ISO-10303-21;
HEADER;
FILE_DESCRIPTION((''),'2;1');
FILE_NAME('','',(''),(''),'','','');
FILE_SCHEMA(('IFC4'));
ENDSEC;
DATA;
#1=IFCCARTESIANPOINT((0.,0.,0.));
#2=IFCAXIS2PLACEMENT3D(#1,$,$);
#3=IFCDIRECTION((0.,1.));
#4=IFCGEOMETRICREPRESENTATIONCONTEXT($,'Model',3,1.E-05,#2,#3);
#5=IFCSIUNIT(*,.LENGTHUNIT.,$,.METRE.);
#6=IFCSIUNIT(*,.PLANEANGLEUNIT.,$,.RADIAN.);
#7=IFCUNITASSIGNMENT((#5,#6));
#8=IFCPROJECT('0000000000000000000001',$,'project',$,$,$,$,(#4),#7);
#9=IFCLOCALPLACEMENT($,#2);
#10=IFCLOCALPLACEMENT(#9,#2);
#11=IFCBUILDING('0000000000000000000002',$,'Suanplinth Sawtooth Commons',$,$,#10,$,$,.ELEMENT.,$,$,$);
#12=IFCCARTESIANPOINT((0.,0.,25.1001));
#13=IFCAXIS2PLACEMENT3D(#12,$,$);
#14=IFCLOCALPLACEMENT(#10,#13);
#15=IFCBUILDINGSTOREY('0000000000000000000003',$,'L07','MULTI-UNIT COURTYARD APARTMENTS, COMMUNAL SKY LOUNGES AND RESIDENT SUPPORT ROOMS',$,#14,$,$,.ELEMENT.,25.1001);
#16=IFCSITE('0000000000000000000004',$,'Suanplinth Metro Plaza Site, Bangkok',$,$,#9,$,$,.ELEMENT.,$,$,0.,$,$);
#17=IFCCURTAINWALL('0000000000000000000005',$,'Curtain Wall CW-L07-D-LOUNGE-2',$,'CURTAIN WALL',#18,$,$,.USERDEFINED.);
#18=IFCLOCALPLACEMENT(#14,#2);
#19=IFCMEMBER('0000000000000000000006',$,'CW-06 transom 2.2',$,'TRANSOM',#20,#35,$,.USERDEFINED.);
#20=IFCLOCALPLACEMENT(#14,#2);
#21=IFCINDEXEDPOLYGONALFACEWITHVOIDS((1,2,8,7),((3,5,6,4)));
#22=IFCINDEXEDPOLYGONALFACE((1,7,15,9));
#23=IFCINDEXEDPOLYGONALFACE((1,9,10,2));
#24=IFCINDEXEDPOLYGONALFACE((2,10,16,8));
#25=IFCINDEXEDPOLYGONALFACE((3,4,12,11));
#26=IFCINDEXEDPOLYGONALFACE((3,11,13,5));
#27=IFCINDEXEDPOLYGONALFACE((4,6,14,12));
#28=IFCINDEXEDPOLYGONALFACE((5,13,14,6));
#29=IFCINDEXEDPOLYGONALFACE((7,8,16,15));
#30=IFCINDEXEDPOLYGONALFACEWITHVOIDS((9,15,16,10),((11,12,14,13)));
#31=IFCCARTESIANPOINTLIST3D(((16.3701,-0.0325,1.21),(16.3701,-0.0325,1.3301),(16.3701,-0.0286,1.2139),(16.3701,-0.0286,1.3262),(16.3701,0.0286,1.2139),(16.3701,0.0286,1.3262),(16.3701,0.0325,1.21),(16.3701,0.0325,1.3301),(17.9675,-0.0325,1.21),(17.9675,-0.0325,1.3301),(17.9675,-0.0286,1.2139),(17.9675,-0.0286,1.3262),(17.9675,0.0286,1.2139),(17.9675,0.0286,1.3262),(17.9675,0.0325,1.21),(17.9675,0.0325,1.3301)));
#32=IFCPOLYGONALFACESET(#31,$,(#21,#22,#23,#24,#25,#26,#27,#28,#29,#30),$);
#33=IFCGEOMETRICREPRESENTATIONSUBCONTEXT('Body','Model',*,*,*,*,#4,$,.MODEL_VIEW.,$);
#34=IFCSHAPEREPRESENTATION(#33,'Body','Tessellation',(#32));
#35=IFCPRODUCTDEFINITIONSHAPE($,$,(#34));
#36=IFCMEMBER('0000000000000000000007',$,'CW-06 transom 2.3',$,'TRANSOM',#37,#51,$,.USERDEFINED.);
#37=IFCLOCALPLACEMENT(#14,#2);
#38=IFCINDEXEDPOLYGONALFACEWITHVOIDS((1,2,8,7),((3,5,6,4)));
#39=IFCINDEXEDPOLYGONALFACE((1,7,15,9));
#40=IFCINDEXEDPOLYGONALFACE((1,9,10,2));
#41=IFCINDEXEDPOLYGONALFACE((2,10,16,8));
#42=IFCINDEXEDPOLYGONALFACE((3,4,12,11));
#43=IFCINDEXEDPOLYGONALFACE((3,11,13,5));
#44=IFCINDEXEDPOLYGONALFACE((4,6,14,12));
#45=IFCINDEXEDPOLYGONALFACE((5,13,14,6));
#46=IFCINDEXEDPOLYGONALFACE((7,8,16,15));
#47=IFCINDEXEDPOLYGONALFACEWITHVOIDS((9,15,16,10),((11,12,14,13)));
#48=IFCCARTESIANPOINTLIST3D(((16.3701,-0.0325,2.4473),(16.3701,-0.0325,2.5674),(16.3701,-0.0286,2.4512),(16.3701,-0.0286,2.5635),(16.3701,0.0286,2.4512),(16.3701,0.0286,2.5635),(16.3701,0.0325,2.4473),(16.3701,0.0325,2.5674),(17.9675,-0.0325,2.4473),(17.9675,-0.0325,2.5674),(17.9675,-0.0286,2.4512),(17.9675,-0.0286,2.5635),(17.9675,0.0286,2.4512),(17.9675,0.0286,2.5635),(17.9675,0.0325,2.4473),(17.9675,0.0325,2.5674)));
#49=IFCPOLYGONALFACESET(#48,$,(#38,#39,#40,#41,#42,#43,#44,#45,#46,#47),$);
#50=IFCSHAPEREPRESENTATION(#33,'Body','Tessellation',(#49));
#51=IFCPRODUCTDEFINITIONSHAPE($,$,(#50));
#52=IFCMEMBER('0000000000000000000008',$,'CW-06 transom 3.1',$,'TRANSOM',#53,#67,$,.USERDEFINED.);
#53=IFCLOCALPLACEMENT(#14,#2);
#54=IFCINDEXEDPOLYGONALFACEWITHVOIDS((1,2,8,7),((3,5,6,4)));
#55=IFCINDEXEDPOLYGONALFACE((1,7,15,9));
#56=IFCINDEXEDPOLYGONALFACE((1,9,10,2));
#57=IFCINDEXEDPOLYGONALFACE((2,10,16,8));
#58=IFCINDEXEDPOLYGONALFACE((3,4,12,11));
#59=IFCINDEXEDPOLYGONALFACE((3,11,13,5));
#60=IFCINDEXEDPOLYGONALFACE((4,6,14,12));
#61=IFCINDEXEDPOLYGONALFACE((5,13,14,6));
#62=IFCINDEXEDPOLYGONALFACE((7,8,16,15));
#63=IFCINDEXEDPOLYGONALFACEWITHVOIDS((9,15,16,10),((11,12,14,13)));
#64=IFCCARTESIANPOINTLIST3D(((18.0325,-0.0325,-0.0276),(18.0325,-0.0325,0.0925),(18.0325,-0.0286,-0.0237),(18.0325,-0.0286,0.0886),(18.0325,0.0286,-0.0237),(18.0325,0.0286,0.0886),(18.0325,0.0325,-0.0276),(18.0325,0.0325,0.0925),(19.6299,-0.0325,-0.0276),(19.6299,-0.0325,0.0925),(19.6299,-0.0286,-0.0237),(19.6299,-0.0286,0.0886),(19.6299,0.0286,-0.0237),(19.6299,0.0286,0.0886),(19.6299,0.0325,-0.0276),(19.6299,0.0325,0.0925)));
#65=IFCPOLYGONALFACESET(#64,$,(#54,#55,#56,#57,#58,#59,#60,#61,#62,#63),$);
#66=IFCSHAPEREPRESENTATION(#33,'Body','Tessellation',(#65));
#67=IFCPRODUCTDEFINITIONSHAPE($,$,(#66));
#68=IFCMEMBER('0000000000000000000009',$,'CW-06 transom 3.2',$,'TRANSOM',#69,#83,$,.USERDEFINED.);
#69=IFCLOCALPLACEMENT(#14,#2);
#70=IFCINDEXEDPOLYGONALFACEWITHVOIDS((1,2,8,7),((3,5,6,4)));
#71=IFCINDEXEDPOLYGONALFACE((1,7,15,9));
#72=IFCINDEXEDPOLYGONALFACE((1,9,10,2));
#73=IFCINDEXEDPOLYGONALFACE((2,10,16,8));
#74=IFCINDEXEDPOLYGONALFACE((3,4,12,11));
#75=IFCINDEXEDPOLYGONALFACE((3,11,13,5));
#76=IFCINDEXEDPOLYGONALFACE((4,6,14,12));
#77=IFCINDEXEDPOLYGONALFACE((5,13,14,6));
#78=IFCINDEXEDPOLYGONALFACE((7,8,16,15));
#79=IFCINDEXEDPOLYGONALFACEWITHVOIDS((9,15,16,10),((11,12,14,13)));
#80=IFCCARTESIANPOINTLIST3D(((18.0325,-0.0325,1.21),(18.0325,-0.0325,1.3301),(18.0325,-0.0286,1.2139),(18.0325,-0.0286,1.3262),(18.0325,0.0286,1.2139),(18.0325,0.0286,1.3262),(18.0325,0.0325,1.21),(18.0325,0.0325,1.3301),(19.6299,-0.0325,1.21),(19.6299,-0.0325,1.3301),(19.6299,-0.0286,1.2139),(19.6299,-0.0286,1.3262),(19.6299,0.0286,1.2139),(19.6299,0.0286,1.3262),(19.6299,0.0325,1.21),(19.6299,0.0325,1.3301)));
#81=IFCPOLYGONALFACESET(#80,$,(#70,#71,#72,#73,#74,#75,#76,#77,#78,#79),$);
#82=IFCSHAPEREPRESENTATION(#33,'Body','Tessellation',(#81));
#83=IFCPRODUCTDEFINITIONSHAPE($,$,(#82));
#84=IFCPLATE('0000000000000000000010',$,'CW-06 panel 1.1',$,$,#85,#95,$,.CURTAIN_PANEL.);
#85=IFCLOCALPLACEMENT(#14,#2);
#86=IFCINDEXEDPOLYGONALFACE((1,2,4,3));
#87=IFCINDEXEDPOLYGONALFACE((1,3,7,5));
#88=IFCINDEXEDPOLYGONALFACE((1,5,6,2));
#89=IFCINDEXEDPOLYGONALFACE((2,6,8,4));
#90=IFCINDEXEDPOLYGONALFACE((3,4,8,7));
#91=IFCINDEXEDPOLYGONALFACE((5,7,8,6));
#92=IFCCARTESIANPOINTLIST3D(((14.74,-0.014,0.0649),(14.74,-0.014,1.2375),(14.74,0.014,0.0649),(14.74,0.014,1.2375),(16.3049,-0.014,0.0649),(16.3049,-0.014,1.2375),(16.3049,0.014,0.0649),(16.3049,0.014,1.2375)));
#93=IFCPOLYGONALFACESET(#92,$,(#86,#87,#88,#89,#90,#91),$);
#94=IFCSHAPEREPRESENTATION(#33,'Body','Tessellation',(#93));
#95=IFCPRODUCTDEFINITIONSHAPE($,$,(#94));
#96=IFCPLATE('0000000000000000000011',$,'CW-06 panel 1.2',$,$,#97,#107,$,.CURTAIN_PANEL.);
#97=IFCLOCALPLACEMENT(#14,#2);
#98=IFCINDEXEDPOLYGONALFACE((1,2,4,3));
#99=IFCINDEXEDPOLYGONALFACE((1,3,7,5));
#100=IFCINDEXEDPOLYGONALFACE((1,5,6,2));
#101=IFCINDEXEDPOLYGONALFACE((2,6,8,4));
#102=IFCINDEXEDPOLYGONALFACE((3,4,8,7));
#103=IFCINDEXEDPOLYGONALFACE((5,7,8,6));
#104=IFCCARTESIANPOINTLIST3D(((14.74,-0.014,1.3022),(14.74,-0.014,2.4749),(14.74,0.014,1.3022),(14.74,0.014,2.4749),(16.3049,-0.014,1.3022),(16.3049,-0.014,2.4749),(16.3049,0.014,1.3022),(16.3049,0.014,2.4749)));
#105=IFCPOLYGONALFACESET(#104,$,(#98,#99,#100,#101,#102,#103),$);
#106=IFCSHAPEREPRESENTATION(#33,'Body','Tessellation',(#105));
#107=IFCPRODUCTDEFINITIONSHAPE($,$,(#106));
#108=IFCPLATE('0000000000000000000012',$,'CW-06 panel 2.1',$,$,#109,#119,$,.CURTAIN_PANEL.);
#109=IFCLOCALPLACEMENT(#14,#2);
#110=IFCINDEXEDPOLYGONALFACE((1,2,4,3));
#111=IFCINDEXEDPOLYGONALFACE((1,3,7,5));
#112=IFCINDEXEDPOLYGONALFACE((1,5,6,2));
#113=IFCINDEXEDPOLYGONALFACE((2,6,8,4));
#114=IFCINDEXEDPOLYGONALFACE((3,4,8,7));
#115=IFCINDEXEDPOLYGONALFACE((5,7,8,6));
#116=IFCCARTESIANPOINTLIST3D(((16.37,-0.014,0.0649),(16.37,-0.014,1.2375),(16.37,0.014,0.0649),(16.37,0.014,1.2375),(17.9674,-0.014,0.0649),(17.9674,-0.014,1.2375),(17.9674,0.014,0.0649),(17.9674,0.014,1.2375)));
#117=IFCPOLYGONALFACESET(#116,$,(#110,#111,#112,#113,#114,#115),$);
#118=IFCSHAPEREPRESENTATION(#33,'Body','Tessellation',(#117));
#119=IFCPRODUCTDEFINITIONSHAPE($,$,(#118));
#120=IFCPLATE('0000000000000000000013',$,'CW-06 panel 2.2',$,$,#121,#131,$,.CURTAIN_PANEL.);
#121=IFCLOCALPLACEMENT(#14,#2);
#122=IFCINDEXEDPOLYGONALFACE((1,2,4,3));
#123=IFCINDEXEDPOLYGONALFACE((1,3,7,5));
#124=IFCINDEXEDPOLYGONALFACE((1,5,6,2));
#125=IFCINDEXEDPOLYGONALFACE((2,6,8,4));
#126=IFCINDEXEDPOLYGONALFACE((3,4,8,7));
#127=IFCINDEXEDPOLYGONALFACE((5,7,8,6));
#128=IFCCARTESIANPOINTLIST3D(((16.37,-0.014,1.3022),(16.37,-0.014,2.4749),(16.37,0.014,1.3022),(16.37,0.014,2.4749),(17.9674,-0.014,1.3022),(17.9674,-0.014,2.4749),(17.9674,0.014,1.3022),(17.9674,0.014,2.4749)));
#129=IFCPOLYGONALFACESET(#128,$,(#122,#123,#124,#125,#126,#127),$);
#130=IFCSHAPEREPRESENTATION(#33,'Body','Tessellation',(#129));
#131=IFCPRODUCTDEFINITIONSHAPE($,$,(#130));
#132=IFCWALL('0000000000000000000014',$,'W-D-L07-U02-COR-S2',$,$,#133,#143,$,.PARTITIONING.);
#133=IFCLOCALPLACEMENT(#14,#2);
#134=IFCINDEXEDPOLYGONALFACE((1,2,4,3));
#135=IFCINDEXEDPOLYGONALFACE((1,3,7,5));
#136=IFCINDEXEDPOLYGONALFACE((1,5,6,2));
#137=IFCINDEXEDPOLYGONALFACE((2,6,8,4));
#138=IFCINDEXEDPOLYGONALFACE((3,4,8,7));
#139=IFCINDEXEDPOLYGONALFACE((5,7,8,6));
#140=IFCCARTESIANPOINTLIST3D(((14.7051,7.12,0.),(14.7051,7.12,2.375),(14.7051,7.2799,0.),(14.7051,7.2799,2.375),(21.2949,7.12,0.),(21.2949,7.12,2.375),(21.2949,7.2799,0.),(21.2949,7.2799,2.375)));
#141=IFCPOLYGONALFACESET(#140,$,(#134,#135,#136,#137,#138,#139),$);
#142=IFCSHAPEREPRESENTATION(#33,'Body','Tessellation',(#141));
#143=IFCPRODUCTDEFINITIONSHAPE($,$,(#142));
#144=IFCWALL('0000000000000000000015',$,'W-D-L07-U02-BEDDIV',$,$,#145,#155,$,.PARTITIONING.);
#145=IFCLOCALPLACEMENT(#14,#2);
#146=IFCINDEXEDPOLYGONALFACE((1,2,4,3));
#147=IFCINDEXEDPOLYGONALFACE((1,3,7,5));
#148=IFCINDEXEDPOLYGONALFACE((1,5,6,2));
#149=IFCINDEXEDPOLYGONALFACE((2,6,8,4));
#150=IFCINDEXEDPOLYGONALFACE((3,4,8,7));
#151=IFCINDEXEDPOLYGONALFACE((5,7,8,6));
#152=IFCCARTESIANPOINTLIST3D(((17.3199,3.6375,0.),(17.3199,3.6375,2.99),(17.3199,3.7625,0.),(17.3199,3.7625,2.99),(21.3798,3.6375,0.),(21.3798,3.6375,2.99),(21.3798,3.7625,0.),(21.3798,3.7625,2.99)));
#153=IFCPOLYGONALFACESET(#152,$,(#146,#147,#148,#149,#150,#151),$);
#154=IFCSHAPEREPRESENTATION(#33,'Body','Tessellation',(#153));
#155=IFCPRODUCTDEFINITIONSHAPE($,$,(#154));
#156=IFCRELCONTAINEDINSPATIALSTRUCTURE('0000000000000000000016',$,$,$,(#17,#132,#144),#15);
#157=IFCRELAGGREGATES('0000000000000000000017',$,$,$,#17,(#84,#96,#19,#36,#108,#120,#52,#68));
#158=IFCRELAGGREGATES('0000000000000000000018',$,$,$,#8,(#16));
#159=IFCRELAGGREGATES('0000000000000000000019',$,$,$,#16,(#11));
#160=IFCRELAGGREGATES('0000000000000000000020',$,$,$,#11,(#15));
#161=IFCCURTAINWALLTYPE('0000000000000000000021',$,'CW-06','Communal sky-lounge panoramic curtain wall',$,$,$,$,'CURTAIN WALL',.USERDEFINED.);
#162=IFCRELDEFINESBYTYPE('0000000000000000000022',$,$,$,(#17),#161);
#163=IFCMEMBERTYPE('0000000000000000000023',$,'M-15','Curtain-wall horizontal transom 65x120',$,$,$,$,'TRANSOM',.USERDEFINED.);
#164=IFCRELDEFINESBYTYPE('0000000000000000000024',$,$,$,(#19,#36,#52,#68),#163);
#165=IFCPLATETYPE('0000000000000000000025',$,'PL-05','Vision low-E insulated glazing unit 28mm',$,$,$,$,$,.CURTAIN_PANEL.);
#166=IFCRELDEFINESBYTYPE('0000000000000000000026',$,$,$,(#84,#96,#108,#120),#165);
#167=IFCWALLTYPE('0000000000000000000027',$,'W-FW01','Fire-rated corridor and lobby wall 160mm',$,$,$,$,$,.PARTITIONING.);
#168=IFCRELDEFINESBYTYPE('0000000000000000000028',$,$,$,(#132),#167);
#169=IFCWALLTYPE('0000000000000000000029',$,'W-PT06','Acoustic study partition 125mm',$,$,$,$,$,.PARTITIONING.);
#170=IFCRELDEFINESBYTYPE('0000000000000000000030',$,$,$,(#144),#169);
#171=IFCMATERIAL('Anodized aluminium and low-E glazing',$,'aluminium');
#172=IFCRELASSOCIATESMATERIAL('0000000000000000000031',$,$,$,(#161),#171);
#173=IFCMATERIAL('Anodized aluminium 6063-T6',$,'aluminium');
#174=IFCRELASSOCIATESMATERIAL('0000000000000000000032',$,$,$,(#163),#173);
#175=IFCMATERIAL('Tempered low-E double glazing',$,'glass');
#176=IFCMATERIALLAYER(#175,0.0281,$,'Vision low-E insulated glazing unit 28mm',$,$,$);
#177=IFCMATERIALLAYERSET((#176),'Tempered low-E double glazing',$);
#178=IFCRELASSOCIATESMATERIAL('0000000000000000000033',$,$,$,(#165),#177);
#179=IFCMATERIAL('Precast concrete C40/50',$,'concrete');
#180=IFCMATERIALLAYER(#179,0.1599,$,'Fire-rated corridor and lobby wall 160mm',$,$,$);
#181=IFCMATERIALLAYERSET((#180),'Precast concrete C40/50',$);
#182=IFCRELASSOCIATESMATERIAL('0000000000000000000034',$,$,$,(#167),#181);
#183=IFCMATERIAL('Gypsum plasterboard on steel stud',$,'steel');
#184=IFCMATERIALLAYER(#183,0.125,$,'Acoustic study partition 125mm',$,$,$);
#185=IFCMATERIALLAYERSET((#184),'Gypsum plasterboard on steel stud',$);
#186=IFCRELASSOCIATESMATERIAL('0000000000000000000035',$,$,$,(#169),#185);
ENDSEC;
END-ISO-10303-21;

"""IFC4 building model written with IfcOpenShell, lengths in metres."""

from ifc_helpers import new_model, si_unit, direction, frame, frame_2d, origin, origin_2d, place, context, subcontext, project, spatial, rectangle, hollow_rectangle, extrude, material, layer, layer_set, material_profile, profile_set, type_object, element, aggregate, save


model = new_model("IFC4")

# Units and contexts
model_context = context("Model", 3, precision=1e-05, world=origin(), true_north=direction((0.0, 1.0)))
body_context = subcontext(model_context, "Body", "Model", "MODEL_VIEW")
ifc_project = project(units=[si_unit("LENGTHUNIT", "METRE"), si_unit("PLANEANGLEUNIT", "RADIAN")], contexts=[model_context])

# Site, building, storey
site_placement = place(None, origin())
site = spatial("IfcSite", under=ifc_project, at=site_placement, Name="Suanplinth Metro Plaza Site, Bangkok", CompositionType="ELEMENT", RefElevation=0.0)
building_placement = place(site_placement, origin())
building = spatial("IfcBuilding", under=site, at=building_placement, Name="Suanplinth Sawtooth Commons", CompositionType="ELEMENT")
storey_placement = place(building_placement, frame((0.0, 0.0, 25.1001)))
storey = spatial("IfcBuildingStorey", under=building, at=storey_placement, Name="L07", Description="MULTI-UNIT COURTYARD APARTMENTS, COMMUNAL SKY LOUNGES AND RESIDENT SUPPORT ROOMS", CompositionType="ELEMENT", Elevation=25.1001)

# Shared definitions
ifc_material_1 = material(Name="Precast concrete C40/50", Category="concrete")

# Curtain wall, members, plates
ifc_material_2 = material(Name="Anodized aluminium and low-E glazing", Category="aluminium")
curtain_wall_type = type_object("IfcCurtainWallType", Name="CW-06", Description="Communal sky-lounge panoramic curtain wall", ElementType="CURTAIN WALL", PredefinedType="USERDEFINED", material=ifc_material_2)
curtain_wall_placement = place(storey_placement, origin())
curtain_wall = element("IfcCurtainWall", 1, at=curtain_wall_placement, inside=storey, type_object=curtain_wall_type, Name="Curtain Wall CW-L07-D-LOUNGE-2", ObjectType="CURTAIN WALL", PredefinedType="USERDEFINED")
ifc_material_3 = material(Name="Anodized aluminium 6063-T6", Category="aluminium")
ifc_material_profile_1 = material_profile(ifc_material_3, hollow_rectangle(XDim=0.0649, YDim=0.1201, WallThickness=0.0039, at=origin_2d()), Name="ALU-TRN 65x120")
ifc_profile_set_1 = profile_set([ifc_material_profile_1], Name="Anodized aluminium 6063-T6")
member_type_1 = type_object("IfcMemberType", Name="M-15", Description="Curtain-wall horizontal transom 65x120", ElementType="TRANSOM", PredefinedType="USERDEFINED", material=ifc_profile_set_1)
member_1_placement = place(storey_placement, frame((16.3701, 0.0, 1.27), z_axis=(1.0, 0.0, 0.0), x_axis=(0.0, 1.0, 0.0)))
member_1 = element("IfcMember", 2, at=member_1_placement, type_object=member_type_1, Name="CW-06 transom 2.2", ObjectType="TRANSOM", PredefinedType="USERDEFINED", context=body_context, shape_type="SweptSolid", body=[
    extrude(hollow_rectangle(XDim=0.0649, YDim=0.1201, WallThickness=0.0039, at=origin_2d()), origin(), (0.0, 0.0, 1.0), 1.5974),
])
member_2_placement = place(storey_placement, frame((16.3701, 0.0, 2.5073), z_axis=(1.0, 0.0, 0.0), x_axis=(0.0, 1.0, 0.0)))
member_2 = element("IfcMember", 3, at=member_2_placement, type_object=member_type_1, Name="CW-06 transom 2.3", ObjectType="TRANSOM", PredefinedType="USERDEFINED", context=body_context, shape_type="SweptSolid", body=[
    extrude(hollow_rectangle(XDim=0.0649, YDim=0.1201, WallThickness=0.0039, at=origin_2d()), origin(), (0.0, 0.0, 1.0), 1.5974),
])
member_3_placement = place(storey_placement, frame((18.0325, 0.0, 0.0325), z_axis=(1.0, 0.0, 0.0), x_axis=(0.0, 1.0, 0.0)))
member_3 = element("IfcMember", 4, at=member_3_placement, type_object=member_type_1, Name="CW-06 transom 3.1", ObjectType="TRANSOM", PredefinedType="USERDEFINED", context=body_context, shape_type="SweptSolid", body=[
    extrude(hollow_rectangle(XDim=0.0649, YDim=0.1201, WallThickness=0.0039, at=origin_2d()), origin(), (0.0, 0.0, 1.0), 1.5974),
])
member_4_placement = place(storey_placement, frame((18.0325, 0.0, 1.27), z_axis=(1.0, 0.0, 0.0), x_axis=(0.0, 1.0, 0.0)))
member_4 = element("IfcMember", 5, at=member_4_placement, type_object=member_type_1, Name="CW-06 transom 3.2", ObjectType="TRANSOM", PredefinedType="USERDEFINED", context=body_context, shape_type="SweptSolid", body=[
    extrude(hollow_rectangle(XDim=0.0649, YDim=0.1201, WallThickness=0.0039, at=origin_2d()), origin(), (0.0, 0.0, 1.0), 1.5974),
])
ifc_material_4 = material(Name="Tempered low-E double glazing", Category="glass")
ifc_layer_1 = layer(ifc_material_4, 0.0281, Name="Vision low-E insulated glazing unit 28mm")
ifc_layer_set_1 = layer_set([ifc_layer_1], Name="Tempered low-E double glazing")
plate_type = type_object("IfcPlateType", Name="PL-05", Description="Vision low-E insulated glazing unit 28mm", PredefinedType="CURTAIN_PANEL", material=ifc_layer_set_1)
plate_1_placement = place(storey_placement, frame((15.5225, 0.0, 0.0649), z_axis=(0.0, 0.0, 1.0), x_axis=(1.0, 0.0, 0.0)))
plate_1 = element("IfcPlate", 6, at=plate_1_placement, type_object=plate_type, Name="CW-06 panel 1.1", PredefinedType="CURTAIN_PANEL", context=body_context, shape_type="SweptSolid", body=[
    extrude(rectangle(XDim=1.5649, YDim=0.0281, at=origin_2d()), origin(), (0.0, 0.0, 1.0), 1.1726),
])
plate_2_placement = place(storey_placement, frame((15.5225, 0.0, 1.3022), z_axis=(0.0, 0.0, 1.0), x_axis=(1.0, 0.0, 0.0)))
plate_2 = element("IfcPlate", 7, at=plate_2_placement, type_object=plate_type, Name="CW-06 panel 1.2", PredefinedType="CURTAIN_PANEL", context=body_context, shape_type="SweptSolid", body=[
    extrude(rectangle(XDim=1.5649, YDim=0.0281, at=origin_2d()), origin(), (0.0, 0.0, 1.0), 1.1726),
])
plate_3_placement = place(storey_placement, frame((17.1687, 0.0, 0.0649), z_axis=(0.0, 0.0, 1.0), x_axis=(1.0, 0.0, 0.0)))
plate_3 = element("IfcPlate", 8, at=plate_3_placement, type_object=plate_type, Name="CW-06 panel 2.1", PredefinedType="CURTAIN_PANEL", context=body_context, shape_type="SweptSolid", body=[
    extrude(rectangle(XDim=1.5974, YDim=0.0281, at=origin_2d()), origin(), (0.0, 0.0, 1.0), 1.1726),
])
plate_4_placement = place(storey_placement, frame((17.1687, 0.0, 1.3022), z_axis=(0.0, 0.0, 1.0), x_axis=(1.0, 0.0, 0.0)))
plate_4 = element("IfcPlate", 9, at=plate_4_placement, type_object=plate_type, Name="CW-06 panel 2.2", PredefinedType="CURTAIN_PANEL", context=body_context, shape_type="SweptSolid", body=[
    extrude(rectangle(XDim=1.5974, YDim=0.0281, at=origin_2d()), origin(), (0.0, 0.0, 1.0), 1.1726),
])
aggregate(curtain_wall, [plate_1, plate_2, member_1, member_2, plate_3, plate_4, member_3, member_4])

# Wall
ifc_layer_2 = layer(ifc_material_1, 0.1599, Name="Fire-rated corridor and lobby wall 160mm")
ifc_layer_set_2 = layer_set([ifc_layer_2], Name="Precast concrete C40/50")
wall_type_1 = type_object("IfcWallType", Name="W-FW01", Description="Fire-rated corridor and lobby wall 160mm", PredefinedType="PARTITIONING", material=ifc_layer_set_2)
wall_1_placement = place(storey_placement, frame((14.7051, 7.2, 0.0), z_axis=(0.0, 0.0, 1.0), x_axis=(1.0, 0.0, 0.0)))
element("IfcWall", 10, at=wall_1_placement, inside=storey, type_object=wall_type_1, Name="W-D-L07-U02-COR-S2", PredefinedType="PARTITIONING", context=body_context, shape_type="SweptSolid", body=[
    extrude(rectangle(XDim=6.5898, YDim=0.1599, at=frame_2d((3.2949, 0.0))), origin(), (0.0, 0.0, 1.0), 2.375),
])

# Shared definitions
ifc_material_5 = material(Name="Gypsum plasterboard on steel stud", Category="steel")

# Wall
ifc_layer_3 = layer(ifc_material_5, 0.125, Name="Acoustic study partition 125mm")
ifc_layer_set_3 = layer_set([ifc_layer_3], Name="Gypsum plasterboard on steel stud")
wall_type_2 = type_object("IfcWallType", Name="W-PT06", Description="Acoustic study partition 125mm", PredefinedType="PARTITIONING", material=ifc_layer_set_3)
wall_2_placement = place(storey_placement, frame((17.3201, 3.7, 0.0), z_axis=(0.0, 0.0, 1.0), x_axis=(1.0, 0.0, 0.0)))
element("IfcWall", 11, at=wall_2_placement, inside=storey, type_object=wall_type_2, Name="W-D-L07-U02-BEDDIV", PredefinedType="PARTITIONING", context=body_context, shape_type="SweptSolid", body=[
    extrude(rectangle(XDim=4.0598, YDim=0.125, at=frame_2d((2.0298, 0.0))), origin(), (0.0, 0.0, 1.0), 2.99),
])

save(model, "model.ifc")
